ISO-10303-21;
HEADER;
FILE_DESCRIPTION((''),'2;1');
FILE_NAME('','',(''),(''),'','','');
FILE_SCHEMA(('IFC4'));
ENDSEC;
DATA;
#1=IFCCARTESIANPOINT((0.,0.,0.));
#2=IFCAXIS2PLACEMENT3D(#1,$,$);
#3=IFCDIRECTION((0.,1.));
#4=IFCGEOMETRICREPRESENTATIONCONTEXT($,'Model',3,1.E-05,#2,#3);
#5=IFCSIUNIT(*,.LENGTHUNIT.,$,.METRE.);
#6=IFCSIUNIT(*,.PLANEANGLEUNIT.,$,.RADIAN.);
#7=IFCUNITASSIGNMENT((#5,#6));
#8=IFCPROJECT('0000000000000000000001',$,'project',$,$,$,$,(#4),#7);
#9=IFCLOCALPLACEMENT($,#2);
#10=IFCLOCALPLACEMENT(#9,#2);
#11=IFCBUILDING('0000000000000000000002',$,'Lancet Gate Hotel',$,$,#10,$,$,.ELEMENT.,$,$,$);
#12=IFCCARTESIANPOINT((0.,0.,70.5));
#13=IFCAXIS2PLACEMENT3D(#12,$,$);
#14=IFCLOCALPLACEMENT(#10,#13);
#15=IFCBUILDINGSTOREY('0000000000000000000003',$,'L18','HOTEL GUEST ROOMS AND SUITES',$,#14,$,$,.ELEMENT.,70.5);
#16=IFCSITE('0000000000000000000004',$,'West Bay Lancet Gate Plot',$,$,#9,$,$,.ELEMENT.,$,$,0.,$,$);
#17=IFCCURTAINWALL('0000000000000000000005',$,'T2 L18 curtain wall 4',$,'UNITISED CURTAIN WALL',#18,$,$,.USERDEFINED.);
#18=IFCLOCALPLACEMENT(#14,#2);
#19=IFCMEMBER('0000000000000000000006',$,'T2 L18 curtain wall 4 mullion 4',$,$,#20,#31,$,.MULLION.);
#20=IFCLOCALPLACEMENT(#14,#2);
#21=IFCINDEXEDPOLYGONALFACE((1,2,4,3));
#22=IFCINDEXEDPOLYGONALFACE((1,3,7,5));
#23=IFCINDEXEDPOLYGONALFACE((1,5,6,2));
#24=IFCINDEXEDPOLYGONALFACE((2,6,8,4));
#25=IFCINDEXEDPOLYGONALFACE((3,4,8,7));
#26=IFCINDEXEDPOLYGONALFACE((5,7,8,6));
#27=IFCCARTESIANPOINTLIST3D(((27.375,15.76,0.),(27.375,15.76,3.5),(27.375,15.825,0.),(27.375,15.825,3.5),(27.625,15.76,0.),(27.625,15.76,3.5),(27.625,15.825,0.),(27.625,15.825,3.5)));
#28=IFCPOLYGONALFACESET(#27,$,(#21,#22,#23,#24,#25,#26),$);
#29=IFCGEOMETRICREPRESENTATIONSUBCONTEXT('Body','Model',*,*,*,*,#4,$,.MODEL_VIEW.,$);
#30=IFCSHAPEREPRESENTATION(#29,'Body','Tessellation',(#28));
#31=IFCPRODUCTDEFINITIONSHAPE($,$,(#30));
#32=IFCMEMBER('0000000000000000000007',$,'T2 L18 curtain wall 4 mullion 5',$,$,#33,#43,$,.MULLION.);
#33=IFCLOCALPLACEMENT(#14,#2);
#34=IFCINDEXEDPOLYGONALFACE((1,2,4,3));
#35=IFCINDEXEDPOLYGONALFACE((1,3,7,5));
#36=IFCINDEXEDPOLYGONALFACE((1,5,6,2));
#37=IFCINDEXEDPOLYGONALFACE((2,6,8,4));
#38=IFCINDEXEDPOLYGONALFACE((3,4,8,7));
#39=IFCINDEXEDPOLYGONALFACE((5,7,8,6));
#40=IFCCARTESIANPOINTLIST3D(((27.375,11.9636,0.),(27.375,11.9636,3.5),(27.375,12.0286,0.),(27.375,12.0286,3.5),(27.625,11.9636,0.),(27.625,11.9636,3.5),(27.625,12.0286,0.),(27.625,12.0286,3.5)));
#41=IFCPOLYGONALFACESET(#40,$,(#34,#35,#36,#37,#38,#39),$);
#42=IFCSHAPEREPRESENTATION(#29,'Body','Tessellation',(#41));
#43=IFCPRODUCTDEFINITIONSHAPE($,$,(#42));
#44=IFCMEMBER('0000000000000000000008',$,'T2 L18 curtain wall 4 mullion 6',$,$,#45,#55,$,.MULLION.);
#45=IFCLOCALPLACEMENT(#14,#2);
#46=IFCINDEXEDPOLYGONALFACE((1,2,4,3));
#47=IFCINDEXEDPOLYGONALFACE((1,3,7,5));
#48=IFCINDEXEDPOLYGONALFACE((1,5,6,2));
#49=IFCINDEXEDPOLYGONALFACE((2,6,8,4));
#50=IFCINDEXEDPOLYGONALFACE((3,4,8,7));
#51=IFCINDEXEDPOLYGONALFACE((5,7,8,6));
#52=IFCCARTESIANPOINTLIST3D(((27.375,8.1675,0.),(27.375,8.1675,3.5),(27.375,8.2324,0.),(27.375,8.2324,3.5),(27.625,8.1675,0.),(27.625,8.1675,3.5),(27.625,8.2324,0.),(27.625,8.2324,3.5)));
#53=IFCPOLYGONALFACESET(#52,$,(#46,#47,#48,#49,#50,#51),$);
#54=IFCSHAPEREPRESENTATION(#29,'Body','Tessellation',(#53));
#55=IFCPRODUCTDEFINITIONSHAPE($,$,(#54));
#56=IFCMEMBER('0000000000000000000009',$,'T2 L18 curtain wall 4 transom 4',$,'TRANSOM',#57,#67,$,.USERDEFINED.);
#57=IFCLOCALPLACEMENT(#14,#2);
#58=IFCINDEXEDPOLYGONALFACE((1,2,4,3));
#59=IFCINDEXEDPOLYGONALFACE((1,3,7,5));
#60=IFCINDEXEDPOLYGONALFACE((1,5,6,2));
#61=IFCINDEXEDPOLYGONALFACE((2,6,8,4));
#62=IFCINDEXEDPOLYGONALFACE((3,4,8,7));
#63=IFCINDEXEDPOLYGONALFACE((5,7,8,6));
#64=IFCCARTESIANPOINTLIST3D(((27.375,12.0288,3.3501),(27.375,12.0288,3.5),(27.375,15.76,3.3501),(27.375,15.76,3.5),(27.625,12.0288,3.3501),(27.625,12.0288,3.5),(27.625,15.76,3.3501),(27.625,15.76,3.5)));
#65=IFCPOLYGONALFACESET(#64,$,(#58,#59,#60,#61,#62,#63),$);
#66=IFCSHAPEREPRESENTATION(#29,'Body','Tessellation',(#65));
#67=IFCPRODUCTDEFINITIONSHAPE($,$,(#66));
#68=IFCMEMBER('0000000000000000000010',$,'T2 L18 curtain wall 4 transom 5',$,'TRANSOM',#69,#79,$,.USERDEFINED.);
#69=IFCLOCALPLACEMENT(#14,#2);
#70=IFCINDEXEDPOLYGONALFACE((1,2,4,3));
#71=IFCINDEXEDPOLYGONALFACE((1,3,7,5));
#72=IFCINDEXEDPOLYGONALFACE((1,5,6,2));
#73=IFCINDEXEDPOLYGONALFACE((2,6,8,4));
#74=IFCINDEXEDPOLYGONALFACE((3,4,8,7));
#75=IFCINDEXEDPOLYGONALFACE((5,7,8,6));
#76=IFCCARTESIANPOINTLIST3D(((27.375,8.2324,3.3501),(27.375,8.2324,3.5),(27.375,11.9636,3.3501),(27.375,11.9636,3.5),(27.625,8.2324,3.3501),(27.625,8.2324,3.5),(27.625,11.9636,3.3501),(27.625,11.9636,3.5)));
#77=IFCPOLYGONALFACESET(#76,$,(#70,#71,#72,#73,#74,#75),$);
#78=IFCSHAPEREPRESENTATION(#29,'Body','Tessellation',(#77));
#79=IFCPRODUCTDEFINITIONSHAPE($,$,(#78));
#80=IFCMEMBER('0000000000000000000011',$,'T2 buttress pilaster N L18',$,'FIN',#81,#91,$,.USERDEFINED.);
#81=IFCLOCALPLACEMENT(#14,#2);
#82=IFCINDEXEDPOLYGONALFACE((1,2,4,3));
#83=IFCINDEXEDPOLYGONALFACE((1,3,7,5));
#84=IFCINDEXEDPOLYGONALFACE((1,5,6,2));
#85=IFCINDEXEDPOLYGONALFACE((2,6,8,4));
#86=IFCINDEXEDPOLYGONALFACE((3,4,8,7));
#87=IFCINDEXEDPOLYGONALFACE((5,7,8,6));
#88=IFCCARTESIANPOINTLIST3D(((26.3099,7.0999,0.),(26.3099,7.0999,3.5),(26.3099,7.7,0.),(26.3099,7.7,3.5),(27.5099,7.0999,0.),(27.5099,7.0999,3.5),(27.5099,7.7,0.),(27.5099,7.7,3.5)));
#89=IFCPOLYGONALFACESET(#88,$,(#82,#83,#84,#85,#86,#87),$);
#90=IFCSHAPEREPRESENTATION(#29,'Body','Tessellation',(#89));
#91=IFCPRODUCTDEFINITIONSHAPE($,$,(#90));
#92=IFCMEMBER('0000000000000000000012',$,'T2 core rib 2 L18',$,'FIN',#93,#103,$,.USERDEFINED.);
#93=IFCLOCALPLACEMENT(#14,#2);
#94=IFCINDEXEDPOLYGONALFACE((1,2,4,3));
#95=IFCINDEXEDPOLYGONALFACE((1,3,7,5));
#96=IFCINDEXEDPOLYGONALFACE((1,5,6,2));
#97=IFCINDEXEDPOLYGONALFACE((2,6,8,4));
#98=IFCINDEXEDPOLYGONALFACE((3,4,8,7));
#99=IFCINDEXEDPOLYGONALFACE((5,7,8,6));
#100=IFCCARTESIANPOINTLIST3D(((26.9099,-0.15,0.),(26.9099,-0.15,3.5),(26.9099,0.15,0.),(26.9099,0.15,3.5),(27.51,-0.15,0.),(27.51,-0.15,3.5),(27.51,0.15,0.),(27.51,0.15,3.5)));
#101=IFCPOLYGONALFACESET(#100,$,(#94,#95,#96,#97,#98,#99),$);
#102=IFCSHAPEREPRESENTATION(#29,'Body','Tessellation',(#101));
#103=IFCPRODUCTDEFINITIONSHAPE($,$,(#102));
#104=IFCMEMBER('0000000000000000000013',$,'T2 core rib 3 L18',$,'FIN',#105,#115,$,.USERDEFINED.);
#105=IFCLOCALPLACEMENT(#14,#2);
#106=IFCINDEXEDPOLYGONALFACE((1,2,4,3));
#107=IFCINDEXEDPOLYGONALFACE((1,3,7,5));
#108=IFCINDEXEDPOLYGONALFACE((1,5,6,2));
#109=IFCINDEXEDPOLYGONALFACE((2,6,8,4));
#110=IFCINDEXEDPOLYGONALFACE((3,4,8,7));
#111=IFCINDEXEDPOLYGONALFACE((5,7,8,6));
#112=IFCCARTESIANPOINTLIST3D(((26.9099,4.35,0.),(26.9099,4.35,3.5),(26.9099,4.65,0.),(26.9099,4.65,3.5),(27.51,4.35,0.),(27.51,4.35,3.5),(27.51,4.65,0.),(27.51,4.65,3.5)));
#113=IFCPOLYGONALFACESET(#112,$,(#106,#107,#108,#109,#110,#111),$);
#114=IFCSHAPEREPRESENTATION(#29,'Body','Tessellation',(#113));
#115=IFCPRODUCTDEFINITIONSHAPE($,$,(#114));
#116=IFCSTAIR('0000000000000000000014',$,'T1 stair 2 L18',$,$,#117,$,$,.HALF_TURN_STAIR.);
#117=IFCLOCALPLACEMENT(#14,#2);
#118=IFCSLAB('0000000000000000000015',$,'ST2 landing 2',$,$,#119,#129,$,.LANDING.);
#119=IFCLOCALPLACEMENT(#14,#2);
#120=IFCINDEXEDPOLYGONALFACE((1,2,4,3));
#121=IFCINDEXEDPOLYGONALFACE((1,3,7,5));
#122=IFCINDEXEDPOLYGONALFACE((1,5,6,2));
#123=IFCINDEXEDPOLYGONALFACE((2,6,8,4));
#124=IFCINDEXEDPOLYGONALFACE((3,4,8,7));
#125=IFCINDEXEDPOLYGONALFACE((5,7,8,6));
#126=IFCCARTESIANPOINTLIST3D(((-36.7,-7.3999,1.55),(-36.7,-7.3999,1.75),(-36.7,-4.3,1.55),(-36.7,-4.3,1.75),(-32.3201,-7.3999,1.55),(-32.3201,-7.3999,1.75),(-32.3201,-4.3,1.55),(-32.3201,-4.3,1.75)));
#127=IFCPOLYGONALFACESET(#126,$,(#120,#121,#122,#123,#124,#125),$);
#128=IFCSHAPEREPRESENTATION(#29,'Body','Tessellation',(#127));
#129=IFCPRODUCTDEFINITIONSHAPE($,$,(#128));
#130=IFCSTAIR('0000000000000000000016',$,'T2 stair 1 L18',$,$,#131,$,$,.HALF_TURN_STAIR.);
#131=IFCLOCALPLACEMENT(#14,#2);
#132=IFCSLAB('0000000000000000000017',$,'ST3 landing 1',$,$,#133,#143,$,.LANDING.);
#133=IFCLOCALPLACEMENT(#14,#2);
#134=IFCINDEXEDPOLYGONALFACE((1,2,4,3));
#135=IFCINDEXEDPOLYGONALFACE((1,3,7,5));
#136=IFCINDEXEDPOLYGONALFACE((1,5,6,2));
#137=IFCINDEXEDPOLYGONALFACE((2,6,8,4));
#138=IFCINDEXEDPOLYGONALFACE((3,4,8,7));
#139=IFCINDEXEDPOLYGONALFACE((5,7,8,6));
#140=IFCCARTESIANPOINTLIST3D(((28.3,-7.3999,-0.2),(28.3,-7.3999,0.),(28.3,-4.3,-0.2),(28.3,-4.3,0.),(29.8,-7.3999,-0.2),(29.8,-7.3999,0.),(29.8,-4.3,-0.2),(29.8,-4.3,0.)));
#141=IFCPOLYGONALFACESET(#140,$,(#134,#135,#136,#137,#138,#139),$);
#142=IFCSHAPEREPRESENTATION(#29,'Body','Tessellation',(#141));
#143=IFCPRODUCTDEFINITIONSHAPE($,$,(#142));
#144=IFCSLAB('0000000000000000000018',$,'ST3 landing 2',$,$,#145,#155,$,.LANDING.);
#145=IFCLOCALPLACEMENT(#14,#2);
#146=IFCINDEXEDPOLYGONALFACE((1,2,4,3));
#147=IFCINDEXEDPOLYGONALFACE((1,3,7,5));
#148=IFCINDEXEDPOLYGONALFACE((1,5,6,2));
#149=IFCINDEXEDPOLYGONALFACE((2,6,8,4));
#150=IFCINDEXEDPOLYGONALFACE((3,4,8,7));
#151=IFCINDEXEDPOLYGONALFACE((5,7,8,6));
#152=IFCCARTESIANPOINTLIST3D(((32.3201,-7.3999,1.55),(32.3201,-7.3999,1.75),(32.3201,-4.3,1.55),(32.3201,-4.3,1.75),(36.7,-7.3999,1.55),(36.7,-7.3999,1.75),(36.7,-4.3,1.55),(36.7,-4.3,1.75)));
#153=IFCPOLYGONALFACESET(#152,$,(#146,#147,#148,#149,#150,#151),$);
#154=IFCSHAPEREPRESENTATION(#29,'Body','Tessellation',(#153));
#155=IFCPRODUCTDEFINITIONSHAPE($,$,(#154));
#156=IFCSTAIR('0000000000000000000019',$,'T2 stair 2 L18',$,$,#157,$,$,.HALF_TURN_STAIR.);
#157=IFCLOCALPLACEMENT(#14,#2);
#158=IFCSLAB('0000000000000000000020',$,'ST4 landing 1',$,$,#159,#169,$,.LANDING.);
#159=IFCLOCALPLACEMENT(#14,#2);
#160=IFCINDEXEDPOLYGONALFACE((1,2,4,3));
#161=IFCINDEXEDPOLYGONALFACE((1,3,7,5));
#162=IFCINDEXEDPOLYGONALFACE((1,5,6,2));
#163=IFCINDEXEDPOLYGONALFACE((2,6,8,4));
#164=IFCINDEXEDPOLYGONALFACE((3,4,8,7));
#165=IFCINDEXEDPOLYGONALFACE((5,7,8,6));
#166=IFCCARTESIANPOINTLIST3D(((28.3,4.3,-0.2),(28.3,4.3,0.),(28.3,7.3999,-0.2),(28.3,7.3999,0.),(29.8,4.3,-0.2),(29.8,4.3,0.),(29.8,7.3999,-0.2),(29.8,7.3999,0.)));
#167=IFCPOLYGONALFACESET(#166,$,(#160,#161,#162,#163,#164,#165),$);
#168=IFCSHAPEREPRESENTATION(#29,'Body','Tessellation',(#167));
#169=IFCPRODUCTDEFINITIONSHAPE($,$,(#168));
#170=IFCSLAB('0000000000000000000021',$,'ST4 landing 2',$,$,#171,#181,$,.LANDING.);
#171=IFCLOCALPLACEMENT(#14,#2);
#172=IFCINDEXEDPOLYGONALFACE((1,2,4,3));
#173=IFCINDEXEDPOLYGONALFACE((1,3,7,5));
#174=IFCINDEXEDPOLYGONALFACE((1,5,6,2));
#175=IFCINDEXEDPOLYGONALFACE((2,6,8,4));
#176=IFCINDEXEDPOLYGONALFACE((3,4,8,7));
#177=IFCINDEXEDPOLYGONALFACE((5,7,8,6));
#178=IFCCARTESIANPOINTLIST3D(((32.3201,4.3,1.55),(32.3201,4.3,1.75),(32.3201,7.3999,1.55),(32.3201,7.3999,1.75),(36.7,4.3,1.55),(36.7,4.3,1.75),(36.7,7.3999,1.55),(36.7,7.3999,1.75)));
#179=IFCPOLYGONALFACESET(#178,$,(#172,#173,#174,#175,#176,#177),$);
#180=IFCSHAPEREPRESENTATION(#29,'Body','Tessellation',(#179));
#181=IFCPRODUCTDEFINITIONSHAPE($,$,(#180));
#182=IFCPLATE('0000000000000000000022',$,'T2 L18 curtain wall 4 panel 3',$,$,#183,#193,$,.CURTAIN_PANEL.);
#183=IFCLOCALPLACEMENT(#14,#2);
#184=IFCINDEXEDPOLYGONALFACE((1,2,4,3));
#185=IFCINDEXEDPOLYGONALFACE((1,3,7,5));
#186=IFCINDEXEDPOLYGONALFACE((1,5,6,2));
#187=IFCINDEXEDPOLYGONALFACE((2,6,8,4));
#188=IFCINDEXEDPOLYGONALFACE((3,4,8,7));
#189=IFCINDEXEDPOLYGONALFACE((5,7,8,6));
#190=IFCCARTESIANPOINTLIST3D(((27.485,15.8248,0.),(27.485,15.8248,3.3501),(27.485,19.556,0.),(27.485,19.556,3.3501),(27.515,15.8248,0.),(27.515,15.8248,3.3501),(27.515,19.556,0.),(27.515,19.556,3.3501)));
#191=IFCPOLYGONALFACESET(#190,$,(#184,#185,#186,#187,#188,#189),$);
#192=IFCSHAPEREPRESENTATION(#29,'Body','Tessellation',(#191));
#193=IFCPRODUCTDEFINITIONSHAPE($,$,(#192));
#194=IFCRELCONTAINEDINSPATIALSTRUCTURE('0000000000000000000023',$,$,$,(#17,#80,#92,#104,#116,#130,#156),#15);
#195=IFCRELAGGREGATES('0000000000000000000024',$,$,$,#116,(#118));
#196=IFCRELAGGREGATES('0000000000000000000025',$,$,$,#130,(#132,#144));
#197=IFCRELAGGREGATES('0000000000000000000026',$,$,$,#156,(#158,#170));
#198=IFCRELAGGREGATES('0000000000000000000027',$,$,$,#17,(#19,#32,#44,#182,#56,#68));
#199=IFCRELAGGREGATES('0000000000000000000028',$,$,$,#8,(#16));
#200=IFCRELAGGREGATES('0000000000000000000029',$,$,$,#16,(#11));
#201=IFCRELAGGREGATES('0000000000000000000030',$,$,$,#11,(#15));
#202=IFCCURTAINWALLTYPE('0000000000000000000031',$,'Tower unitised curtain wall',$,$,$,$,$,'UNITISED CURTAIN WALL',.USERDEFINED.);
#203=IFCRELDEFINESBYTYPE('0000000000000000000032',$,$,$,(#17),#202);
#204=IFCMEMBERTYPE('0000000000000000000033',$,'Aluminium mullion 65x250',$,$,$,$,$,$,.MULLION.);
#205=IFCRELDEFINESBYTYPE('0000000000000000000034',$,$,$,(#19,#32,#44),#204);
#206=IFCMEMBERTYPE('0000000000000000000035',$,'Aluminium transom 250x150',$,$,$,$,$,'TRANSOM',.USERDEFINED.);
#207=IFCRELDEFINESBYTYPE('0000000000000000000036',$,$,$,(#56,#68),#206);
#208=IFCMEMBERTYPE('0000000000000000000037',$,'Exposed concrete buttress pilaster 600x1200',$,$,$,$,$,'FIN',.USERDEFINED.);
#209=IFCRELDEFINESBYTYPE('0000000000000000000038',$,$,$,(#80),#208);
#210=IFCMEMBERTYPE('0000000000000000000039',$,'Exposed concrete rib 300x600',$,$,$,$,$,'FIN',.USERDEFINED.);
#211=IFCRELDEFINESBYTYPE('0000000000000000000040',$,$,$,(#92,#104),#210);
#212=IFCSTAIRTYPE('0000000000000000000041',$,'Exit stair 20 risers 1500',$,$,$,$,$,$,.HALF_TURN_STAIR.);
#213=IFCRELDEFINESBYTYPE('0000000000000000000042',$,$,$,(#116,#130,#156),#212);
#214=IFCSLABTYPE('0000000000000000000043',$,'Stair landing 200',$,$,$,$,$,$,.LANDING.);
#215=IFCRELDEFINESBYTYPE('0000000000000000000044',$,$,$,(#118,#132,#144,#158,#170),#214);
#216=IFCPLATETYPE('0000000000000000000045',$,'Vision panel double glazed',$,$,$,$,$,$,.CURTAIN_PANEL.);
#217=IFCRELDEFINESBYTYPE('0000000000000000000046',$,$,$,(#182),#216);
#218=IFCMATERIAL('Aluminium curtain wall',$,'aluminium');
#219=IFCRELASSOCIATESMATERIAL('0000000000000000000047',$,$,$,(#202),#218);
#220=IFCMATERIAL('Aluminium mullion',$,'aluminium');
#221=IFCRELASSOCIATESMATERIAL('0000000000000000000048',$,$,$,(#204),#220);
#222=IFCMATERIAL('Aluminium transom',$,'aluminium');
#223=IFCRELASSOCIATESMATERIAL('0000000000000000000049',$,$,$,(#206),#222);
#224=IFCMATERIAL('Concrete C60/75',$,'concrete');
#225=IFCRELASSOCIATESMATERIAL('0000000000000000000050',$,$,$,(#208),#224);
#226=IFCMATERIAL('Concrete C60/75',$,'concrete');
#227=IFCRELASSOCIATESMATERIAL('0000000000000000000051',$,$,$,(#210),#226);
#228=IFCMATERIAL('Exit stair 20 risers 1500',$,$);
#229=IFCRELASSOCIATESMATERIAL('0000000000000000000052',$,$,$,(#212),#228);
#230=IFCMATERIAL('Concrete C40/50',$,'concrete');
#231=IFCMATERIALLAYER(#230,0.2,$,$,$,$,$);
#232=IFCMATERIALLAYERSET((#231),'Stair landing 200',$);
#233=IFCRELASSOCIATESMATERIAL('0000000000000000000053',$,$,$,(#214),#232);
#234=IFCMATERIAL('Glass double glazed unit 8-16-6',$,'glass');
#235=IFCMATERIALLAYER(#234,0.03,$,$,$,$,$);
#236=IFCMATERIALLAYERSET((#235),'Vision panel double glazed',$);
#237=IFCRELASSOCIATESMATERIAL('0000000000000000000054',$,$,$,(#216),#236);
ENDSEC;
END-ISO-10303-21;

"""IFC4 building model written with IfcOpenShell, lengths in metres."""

from ifc_helpers import new_model, si_unit, direction, frame, origin, origin_2d, place, context, subcontext, project, spatial, polyline, rectangle, outline, extrude, material, layer, layer_set, material_profile, profile_set, type_object, element, aggregate, save


model = new_model("IFC4")

# Units and contexts
model_context = context("Model", 3, precision=1e-05, world=origin(), true_north=direction((0.0, 1.0)))
body_context = subcontext(model_context, "Body", "Model", "MODEL_VIEW")
ifc_project = project(units=[si_unit("LENGTHUNIT", "METRE"), si_unit("PLANEANGLEUNIT", "RADIAN")], contexts=[model_context])

# Site, building, storey
site_placement = place(None, origin())
site = spatial("IfcSite", under=ifc_project, at=site_placement, Name="West Bay Lancet Gate Plot", CompositionType="ELEMENT", RefElevation=0.0)
building_placement = place(site_placement, origin())
building = spatial("IfcBuilding", under=site, at=building_placement, Name="Lancet Gate Hotel", CompositionType="ELEMENT")
storey_placement = place(building_placement, frame((0.0, 0.0, 70.5)))
storey = spatial("IfcBuildingStorey", under=building, at=storey_placement, Name="L18", Description="HOTEL GUEST ROOMS AND SUITES", CompositionType="ELEMENT", Elevation=70.5)

# Curtain wall, members
ifc_material_1 = material(Name="Aluminium curtain wall", Category="aluminium")
curtain_wall_type = type_object("IfcCurtainWallType", Name="Tower unitised curtain wall", ElementType="UNITISED CURTAIN WALL", PredefinedType="USERDEFINED", material=ifc_material_1)
curtain_wall_placement = place(storey_placement, origin())
curtain_wall = element("IfcCurtainWall", 1, at=curtain_wall_placement, inside=storey, type_object=curtain_wall_type, Name="T2 L18 curtain wall 4", ObjectType="UNITISED CURTAIN WALL", PredefinedType="USERDEFINED")
ifc_material_2 = material(Name="Aluminium mullion", Category="aluminium")
ifc_material_profile_1 = material_profile(ifc_material_2, rectangle(XDim=0.0649, YDim=0.25, at=origin_2d()), Name="MULLION 65x250")
ifc_profile_set_1 = profile_set([ifc_material_profile_1], Name="Aluminium mullion")
member_type_1 = type_object("IfcMemberType", Name="Aluminium mullion 65x250", PredefinedType="MULLION", material=ifc_profile_set_1)
member_1_placement = place(storey_placement, frame((27.5, 15.7925, 0.0), z_axis=(0.0, 0.0, 1.0), x_axis=(0.0, -1.0, 0.0)))
member_1 = element("IfcMember", 2, at=member_1_placement, type_object=member_type_1, Name="T2 L18 curtain wall 4 mullion 4", PredefinedType="MULLION", context=body_context, shape_type="SweptSolid", body=[
    extrude(rectangle(XDim=0.0649, YDim=0.25, at=origin_2d()), origin(), (0.0, 0.0, 1.0), 3.5),
])
member_2_placement = place(storey_placement, frame((27.5, 11.9961, 0.0), z_axis=(0.0, 0.0, 1.0), x_axis=(0.0, -1.0, 0.0)))
member_2 = element("IfcMember", 3, at=member_2_placement, type_object=member_type_1, Name="T2 L18 curtain wall 4 mullion 5", PredefinedType="MULLION", context=body_context, shape_type="SweptSolid", body=[
    extrude(rectangle(XDim=0.0649, YDim=0.25, at=origin_2d()), origin(), (0.0, 0.0, 1.0), 3.5),
])
member_3_placement = place(storey_placement, frame((27.5, 8.2, 0.0), z_axis=(0.0, 0.0, 1.0), x_axis=(0.0, -1.0, 0.0)))
member_3 = element("IfcMember", 4, at=member_3_placement, type_object=member_type_1, Name="T2 L18 curtain wall 4 mullion 6", PredefinedType="MULLION", context=body_context, shape_type="SweptSolid", body=[
    extrude(rectangle(XDim=0.0649, YDim=0.25, at=origin_2d()), origin(), (0.0, 0.0, 1.0), 3.5),
])
ifc_material_3 = material(Name="Aluminium transom", Category="aluminium")
ifc_material_profile_2 = material_profile(ifc_material_3, rectangle(XDim=0.25, YDim=0.1499, at=origin_2d()), Name="TRANSOM 250x150")
ifc_profile_set_2 = profile_set([ifc_material_profile_2], Name="Aluminium transom")
member_type_2 = type_object("IfcMemberType", Name="Aluminium transom 250x150", ElementType="TRANSOM", PredefinedType="USERDEFINED", material=ifc_profile_set_2)
member_4_placement = place(storey_placement, frame((27.5, 15.76, 3.425), z_axis=(0.0, -1.0, 0.0), x_axis=(1.0, 0.0, 0.0)))
member_4 = element("IfcMember", 5, at=member_4_placement, type_object=member_type_2, Name="T2 L18 curtain wall 4 transom 4", ObjectType="TRANSOM", PredefinedType="USERDEFINED", context=body_context, shape_type="SweptSolid", body=[
    extrude(rectangle(XDim=0.25, YDim=0.1499, at=origin_2d()), origin(), (0.0, 0.0, 1.0), 3.7312),
])
member_5_placement = place(storey_placement, frame((27.5, 11.9636, 3.425), z_axis=(0.0, -1.0, 0.0), x_axis=(1.0, 0.0, 0.0)))
member_5 = element("IfcMember", 6, at=member_5_placement, type_object=member_type_2, Name="T2 L18 curtain wall 4 transom 5", ObjectType="TRANSOM", PredefinedType="USERDEFINED", context=body_context, shape_type="SweptSolid", body=[
    extrude(rectangle(XDim=0.25, YDim=0.1499, at=origin_2d()), origin(), (0.0, 0.0, 1.0), 3.7312),
])

# Members
ifc_material_4 = material(Name="Concrete C60/75", Category="concrete")
ifc_material_profile_3 = material_profile(ifc_material_4, rectangle(XDim=0.6001, YDim=1.2, at=origin_2d()), Name="FIN 600x1200")
ifc_profile_set_3 = profile_set([ifc_material_profile_3], Name="Concrete C60/75")
member_type_3 = type_object("IfcMemberType", Name="Exposed concrete buttress pilaster 600x1200", ElementType="FIN", PredefinedType="USERDEFINED", material=ifc_profile_set_3)
member_6_placement = place(storey_placement, frame((26.9099, 7.3999, 0.0), z_axis=(0.0, 0.0, 1.0), x_axis=(0.0, 1.0, 0.0)))
element("IfcMember", 7, at=member_6_placement, inside=storey, type_object=member_type_3, Name="T2 buttress pilaster N L18", ObjectType="FIN", PredefinedType="USERDEFINED", context=body_context, shape_type="SweptSolid", body=[
    extrude(rectangle(XDim=0.6001, YDim=1.2, at=origin_2d()), origin(), (0.0, 0.0, 1.0), 3.5),
])
ifc_material_5 = material(Name="Concrete C60/75", Category="concrete")
ifc_material_profile_4 = material_profile(ifc_material_5, rectangle(XDim=0.3, YDim=0.6001, at=origin_2d()), Name="FIN 300x600")
ifc_profile_set_4 = profile_set([ifc_material_profile_4], Name="Concrete C60/75")
member_type_4 = type_object("IfcMemberType", Name="Exposed concrete rib 300x600", ElementType="FIN", PredefinedType="USERDEFINED", material=ifc_profile_set_4)
for number, where, z_axis, x_axis, name in (
    (8, (27.21, 0.0, 0.0), (0.0, 0.0, 1.0), (0.0, 1.0, 0.0), "T2 core rib 2 L18"),
    (9, (27.21, 4.5, 0.0), (0.0, 0.0, 1.0), (0.0, 1.0, 0.0), "T2 core rib 3 L18"),
):
    element("IfcMember", number, at=place(storey_placement, frame(where, z_axis=z_axis, x_axis=x_axis)), inside=storey, type_object=member_type_4, Name=name, ObjectType="FIN", PredefinedType="USERDEFINED", context=body_context, shape_type="SweptSolid", body=[
        extrude(rectangle(XDim=0.3, YDim=0.6001, at=origin_2d()), origin(), (0.0, 0.0, 1.0), 3.5),
    ])

# Stair, slab
ifc_material_6 = material(Name="Exit stair 20 risers 1500")
stair_type = type_object("IfcStairType", Name="Exit stair 20 risers 1500", PredefinedType="HALF_TURN_STAIR", material=ifc_material_6)
stair_1_placement = place(storey_placement, origin())
stair_1 = element("IfcStair", 10, at=stair_1_placement, inside=storey, type_object=stair_type, Name="T1 stair 2 L18", PredefinedType="HALF_TURN_STAIR")
ifc_material_7 = material(Name="Concrete C40/50", Category="concrete")
ifc_layer_1 = layer(ifc_material_7, 0.2)
ifc_layer_set_1 = layer_set([ifc_layer_1], Name="Stair landing 200")
slab_type = type_object("IfcSlabType", Name="Stair landing 200", PredefinedType="LANDING", material=ifc_layer_set_1)
slab_1_placement = place(storey_placement, frame((0.0, 0.0, 1.55)))
slab_1 = element("IfcSlab", 11, at=slab_1_placement, type_object=slab_type, Name="ST2 landing 2", PredefinedType="LANDING", context=body_context, shape_type="SweptSolid", body=[
    extrude(outline(polyline([(-32.3201, -4.3), (-36.7, -4.3), (-36.7, -7.3999), (-32.3201, -7.3999), (-32.3201, -4.3)])), origin(), (0.0, 0.0, 1.0), 0.2),
])
aggregate(stair_1, [slab_1])

# Stairs, slabs
stair_2_placement = place(storey_placement, origin())
stair_2 = element("IfcStair", 12, at=stair_2_placement, inside=storey, type_object=stair_type, Name="T2 stair 1 L18", PredefinedType="HALF_TURN_STAIR")
slab_2_placement = place(storey_placement, frame((0.0, 0.0, -0.2)))
slab_2 = element("IfcSlab", 13, at=slab_2_placement, type_object=slab_type, Name="ST3 landing 1", PredefinedType="LANDING", context=body_context, shape_type="SweptSolid", body=[
    extrude(outline(polyline([(28.3, -7.3999), (29.8, -7.3999), (29.8, -4.3), (28.3, -4.3), (28.3, -7.3999)])), origin(), (0.0, 0.0, 1.0), 0.2),
])
slab_3_placement = place(storey_placement, frame((0.0, 0.0, 1.55)))
slab_3 = element("IfcSlab", 14, at=slab_3_placement, type_object=slab_type, Name="ST3 landing 2", PredefinedType="LANDING", context=body_context, shape_type="SweptSolid", body=[
    extrude(outline(polyline([(32.3201, -7.3999), (36.7, -7.3999), (36.7, -4.3), (32.3201, -4.3), (32.3201, -7.3999)])), origin(), (0.0, 0.0, 1.0), 0.2),
])
aggregate(stair_2, [slab_2, slab_3])
stair_3_placement = place(storey_placement, origin())
stair_3 = element("IfcStair", 15, at=stair_3_placement, inside=storey, type_object=stair_type, Name="T2 stair 2 L18", PredefinedType="HALF_TURN_STAIR")
slab_4_placement = place(storey_placement, frame((0.0, 0.0, -0.2)))
slab_4 = element("IfcSlab", 16, at=slab_4_placement, type_object=slab_type, Name="ST4 landing 1", PredefinedType="LANDING", context=body_context, shape_type="SweptSolid", body=[
    extrude(outline(polyline([(28.3, 4.3), (29.8, 4.3), (29.8, 7.3999), (28.3, 7.3999), (28.3, 4.3)])), origin(), (0.0, 0.0, 1.0), 0.2),
])
slab_5_placement = place(storey_placement, frame((0.0, 0.0, 1.55)))
slab_5 = element("IfcSlab", 17, at=slab_5_placement, type_object=slab_type, Name="ST4 landing 2", PredefinedType="LANDING", context=body_context, shape_type="SweptSolid", body=[
    extrude(outline(polyline([(32.3201, 4.3), (36.7, 4.3), (36.7, 7.3999), (32.3201, 7.3999), (32.3201, 4.3)])), origin(), (0.0, 0.0, 1.0), 0.2),
])
aggregate(stair_3, [slab_4, slab_5])

# Plate
ifc_material_8 = material(Name="Glass double glazed unit 8-16-6", Category="glass")
ifc_layer_2 = layer(ifc_material_8, 0.03)
ifc_layer_set_2 = layer_set([ifc_layer_2], Name="Vision panel double glazed")
plate_type = type_object("IfcPlateType", Name="Vision panel double glazed", PredefinedType="CURTAIN_PANEL", material=ifc_layer_set_2)
plate_1_placement = place(storey_placement, frame((27.5, 17.6904, 0.0), z_axis=(0.0, 0.0, 1.0), x_axis=(0.0, -1.0, 0.0)))
plate_1 = element("IfcPlate", 18, at=plate_1_placement, type_object=plate_type, Name="T2 L18 curtain wall 4 panel 3", PredefinedType="CURTAIN_PANEL", context=body_context, shape_type="SweptSolid", body=[
    extrude(rectangle(XDim=3.7312, YDim=0.03, at=origin_2d()), origin(), (0.0, 0.0, 1.0), 3.3501),
])
aggregate(curtain_wall, [member_1, member_2, member_3, plate_1, member_4, member_5])

save(model, "model.ifc")
